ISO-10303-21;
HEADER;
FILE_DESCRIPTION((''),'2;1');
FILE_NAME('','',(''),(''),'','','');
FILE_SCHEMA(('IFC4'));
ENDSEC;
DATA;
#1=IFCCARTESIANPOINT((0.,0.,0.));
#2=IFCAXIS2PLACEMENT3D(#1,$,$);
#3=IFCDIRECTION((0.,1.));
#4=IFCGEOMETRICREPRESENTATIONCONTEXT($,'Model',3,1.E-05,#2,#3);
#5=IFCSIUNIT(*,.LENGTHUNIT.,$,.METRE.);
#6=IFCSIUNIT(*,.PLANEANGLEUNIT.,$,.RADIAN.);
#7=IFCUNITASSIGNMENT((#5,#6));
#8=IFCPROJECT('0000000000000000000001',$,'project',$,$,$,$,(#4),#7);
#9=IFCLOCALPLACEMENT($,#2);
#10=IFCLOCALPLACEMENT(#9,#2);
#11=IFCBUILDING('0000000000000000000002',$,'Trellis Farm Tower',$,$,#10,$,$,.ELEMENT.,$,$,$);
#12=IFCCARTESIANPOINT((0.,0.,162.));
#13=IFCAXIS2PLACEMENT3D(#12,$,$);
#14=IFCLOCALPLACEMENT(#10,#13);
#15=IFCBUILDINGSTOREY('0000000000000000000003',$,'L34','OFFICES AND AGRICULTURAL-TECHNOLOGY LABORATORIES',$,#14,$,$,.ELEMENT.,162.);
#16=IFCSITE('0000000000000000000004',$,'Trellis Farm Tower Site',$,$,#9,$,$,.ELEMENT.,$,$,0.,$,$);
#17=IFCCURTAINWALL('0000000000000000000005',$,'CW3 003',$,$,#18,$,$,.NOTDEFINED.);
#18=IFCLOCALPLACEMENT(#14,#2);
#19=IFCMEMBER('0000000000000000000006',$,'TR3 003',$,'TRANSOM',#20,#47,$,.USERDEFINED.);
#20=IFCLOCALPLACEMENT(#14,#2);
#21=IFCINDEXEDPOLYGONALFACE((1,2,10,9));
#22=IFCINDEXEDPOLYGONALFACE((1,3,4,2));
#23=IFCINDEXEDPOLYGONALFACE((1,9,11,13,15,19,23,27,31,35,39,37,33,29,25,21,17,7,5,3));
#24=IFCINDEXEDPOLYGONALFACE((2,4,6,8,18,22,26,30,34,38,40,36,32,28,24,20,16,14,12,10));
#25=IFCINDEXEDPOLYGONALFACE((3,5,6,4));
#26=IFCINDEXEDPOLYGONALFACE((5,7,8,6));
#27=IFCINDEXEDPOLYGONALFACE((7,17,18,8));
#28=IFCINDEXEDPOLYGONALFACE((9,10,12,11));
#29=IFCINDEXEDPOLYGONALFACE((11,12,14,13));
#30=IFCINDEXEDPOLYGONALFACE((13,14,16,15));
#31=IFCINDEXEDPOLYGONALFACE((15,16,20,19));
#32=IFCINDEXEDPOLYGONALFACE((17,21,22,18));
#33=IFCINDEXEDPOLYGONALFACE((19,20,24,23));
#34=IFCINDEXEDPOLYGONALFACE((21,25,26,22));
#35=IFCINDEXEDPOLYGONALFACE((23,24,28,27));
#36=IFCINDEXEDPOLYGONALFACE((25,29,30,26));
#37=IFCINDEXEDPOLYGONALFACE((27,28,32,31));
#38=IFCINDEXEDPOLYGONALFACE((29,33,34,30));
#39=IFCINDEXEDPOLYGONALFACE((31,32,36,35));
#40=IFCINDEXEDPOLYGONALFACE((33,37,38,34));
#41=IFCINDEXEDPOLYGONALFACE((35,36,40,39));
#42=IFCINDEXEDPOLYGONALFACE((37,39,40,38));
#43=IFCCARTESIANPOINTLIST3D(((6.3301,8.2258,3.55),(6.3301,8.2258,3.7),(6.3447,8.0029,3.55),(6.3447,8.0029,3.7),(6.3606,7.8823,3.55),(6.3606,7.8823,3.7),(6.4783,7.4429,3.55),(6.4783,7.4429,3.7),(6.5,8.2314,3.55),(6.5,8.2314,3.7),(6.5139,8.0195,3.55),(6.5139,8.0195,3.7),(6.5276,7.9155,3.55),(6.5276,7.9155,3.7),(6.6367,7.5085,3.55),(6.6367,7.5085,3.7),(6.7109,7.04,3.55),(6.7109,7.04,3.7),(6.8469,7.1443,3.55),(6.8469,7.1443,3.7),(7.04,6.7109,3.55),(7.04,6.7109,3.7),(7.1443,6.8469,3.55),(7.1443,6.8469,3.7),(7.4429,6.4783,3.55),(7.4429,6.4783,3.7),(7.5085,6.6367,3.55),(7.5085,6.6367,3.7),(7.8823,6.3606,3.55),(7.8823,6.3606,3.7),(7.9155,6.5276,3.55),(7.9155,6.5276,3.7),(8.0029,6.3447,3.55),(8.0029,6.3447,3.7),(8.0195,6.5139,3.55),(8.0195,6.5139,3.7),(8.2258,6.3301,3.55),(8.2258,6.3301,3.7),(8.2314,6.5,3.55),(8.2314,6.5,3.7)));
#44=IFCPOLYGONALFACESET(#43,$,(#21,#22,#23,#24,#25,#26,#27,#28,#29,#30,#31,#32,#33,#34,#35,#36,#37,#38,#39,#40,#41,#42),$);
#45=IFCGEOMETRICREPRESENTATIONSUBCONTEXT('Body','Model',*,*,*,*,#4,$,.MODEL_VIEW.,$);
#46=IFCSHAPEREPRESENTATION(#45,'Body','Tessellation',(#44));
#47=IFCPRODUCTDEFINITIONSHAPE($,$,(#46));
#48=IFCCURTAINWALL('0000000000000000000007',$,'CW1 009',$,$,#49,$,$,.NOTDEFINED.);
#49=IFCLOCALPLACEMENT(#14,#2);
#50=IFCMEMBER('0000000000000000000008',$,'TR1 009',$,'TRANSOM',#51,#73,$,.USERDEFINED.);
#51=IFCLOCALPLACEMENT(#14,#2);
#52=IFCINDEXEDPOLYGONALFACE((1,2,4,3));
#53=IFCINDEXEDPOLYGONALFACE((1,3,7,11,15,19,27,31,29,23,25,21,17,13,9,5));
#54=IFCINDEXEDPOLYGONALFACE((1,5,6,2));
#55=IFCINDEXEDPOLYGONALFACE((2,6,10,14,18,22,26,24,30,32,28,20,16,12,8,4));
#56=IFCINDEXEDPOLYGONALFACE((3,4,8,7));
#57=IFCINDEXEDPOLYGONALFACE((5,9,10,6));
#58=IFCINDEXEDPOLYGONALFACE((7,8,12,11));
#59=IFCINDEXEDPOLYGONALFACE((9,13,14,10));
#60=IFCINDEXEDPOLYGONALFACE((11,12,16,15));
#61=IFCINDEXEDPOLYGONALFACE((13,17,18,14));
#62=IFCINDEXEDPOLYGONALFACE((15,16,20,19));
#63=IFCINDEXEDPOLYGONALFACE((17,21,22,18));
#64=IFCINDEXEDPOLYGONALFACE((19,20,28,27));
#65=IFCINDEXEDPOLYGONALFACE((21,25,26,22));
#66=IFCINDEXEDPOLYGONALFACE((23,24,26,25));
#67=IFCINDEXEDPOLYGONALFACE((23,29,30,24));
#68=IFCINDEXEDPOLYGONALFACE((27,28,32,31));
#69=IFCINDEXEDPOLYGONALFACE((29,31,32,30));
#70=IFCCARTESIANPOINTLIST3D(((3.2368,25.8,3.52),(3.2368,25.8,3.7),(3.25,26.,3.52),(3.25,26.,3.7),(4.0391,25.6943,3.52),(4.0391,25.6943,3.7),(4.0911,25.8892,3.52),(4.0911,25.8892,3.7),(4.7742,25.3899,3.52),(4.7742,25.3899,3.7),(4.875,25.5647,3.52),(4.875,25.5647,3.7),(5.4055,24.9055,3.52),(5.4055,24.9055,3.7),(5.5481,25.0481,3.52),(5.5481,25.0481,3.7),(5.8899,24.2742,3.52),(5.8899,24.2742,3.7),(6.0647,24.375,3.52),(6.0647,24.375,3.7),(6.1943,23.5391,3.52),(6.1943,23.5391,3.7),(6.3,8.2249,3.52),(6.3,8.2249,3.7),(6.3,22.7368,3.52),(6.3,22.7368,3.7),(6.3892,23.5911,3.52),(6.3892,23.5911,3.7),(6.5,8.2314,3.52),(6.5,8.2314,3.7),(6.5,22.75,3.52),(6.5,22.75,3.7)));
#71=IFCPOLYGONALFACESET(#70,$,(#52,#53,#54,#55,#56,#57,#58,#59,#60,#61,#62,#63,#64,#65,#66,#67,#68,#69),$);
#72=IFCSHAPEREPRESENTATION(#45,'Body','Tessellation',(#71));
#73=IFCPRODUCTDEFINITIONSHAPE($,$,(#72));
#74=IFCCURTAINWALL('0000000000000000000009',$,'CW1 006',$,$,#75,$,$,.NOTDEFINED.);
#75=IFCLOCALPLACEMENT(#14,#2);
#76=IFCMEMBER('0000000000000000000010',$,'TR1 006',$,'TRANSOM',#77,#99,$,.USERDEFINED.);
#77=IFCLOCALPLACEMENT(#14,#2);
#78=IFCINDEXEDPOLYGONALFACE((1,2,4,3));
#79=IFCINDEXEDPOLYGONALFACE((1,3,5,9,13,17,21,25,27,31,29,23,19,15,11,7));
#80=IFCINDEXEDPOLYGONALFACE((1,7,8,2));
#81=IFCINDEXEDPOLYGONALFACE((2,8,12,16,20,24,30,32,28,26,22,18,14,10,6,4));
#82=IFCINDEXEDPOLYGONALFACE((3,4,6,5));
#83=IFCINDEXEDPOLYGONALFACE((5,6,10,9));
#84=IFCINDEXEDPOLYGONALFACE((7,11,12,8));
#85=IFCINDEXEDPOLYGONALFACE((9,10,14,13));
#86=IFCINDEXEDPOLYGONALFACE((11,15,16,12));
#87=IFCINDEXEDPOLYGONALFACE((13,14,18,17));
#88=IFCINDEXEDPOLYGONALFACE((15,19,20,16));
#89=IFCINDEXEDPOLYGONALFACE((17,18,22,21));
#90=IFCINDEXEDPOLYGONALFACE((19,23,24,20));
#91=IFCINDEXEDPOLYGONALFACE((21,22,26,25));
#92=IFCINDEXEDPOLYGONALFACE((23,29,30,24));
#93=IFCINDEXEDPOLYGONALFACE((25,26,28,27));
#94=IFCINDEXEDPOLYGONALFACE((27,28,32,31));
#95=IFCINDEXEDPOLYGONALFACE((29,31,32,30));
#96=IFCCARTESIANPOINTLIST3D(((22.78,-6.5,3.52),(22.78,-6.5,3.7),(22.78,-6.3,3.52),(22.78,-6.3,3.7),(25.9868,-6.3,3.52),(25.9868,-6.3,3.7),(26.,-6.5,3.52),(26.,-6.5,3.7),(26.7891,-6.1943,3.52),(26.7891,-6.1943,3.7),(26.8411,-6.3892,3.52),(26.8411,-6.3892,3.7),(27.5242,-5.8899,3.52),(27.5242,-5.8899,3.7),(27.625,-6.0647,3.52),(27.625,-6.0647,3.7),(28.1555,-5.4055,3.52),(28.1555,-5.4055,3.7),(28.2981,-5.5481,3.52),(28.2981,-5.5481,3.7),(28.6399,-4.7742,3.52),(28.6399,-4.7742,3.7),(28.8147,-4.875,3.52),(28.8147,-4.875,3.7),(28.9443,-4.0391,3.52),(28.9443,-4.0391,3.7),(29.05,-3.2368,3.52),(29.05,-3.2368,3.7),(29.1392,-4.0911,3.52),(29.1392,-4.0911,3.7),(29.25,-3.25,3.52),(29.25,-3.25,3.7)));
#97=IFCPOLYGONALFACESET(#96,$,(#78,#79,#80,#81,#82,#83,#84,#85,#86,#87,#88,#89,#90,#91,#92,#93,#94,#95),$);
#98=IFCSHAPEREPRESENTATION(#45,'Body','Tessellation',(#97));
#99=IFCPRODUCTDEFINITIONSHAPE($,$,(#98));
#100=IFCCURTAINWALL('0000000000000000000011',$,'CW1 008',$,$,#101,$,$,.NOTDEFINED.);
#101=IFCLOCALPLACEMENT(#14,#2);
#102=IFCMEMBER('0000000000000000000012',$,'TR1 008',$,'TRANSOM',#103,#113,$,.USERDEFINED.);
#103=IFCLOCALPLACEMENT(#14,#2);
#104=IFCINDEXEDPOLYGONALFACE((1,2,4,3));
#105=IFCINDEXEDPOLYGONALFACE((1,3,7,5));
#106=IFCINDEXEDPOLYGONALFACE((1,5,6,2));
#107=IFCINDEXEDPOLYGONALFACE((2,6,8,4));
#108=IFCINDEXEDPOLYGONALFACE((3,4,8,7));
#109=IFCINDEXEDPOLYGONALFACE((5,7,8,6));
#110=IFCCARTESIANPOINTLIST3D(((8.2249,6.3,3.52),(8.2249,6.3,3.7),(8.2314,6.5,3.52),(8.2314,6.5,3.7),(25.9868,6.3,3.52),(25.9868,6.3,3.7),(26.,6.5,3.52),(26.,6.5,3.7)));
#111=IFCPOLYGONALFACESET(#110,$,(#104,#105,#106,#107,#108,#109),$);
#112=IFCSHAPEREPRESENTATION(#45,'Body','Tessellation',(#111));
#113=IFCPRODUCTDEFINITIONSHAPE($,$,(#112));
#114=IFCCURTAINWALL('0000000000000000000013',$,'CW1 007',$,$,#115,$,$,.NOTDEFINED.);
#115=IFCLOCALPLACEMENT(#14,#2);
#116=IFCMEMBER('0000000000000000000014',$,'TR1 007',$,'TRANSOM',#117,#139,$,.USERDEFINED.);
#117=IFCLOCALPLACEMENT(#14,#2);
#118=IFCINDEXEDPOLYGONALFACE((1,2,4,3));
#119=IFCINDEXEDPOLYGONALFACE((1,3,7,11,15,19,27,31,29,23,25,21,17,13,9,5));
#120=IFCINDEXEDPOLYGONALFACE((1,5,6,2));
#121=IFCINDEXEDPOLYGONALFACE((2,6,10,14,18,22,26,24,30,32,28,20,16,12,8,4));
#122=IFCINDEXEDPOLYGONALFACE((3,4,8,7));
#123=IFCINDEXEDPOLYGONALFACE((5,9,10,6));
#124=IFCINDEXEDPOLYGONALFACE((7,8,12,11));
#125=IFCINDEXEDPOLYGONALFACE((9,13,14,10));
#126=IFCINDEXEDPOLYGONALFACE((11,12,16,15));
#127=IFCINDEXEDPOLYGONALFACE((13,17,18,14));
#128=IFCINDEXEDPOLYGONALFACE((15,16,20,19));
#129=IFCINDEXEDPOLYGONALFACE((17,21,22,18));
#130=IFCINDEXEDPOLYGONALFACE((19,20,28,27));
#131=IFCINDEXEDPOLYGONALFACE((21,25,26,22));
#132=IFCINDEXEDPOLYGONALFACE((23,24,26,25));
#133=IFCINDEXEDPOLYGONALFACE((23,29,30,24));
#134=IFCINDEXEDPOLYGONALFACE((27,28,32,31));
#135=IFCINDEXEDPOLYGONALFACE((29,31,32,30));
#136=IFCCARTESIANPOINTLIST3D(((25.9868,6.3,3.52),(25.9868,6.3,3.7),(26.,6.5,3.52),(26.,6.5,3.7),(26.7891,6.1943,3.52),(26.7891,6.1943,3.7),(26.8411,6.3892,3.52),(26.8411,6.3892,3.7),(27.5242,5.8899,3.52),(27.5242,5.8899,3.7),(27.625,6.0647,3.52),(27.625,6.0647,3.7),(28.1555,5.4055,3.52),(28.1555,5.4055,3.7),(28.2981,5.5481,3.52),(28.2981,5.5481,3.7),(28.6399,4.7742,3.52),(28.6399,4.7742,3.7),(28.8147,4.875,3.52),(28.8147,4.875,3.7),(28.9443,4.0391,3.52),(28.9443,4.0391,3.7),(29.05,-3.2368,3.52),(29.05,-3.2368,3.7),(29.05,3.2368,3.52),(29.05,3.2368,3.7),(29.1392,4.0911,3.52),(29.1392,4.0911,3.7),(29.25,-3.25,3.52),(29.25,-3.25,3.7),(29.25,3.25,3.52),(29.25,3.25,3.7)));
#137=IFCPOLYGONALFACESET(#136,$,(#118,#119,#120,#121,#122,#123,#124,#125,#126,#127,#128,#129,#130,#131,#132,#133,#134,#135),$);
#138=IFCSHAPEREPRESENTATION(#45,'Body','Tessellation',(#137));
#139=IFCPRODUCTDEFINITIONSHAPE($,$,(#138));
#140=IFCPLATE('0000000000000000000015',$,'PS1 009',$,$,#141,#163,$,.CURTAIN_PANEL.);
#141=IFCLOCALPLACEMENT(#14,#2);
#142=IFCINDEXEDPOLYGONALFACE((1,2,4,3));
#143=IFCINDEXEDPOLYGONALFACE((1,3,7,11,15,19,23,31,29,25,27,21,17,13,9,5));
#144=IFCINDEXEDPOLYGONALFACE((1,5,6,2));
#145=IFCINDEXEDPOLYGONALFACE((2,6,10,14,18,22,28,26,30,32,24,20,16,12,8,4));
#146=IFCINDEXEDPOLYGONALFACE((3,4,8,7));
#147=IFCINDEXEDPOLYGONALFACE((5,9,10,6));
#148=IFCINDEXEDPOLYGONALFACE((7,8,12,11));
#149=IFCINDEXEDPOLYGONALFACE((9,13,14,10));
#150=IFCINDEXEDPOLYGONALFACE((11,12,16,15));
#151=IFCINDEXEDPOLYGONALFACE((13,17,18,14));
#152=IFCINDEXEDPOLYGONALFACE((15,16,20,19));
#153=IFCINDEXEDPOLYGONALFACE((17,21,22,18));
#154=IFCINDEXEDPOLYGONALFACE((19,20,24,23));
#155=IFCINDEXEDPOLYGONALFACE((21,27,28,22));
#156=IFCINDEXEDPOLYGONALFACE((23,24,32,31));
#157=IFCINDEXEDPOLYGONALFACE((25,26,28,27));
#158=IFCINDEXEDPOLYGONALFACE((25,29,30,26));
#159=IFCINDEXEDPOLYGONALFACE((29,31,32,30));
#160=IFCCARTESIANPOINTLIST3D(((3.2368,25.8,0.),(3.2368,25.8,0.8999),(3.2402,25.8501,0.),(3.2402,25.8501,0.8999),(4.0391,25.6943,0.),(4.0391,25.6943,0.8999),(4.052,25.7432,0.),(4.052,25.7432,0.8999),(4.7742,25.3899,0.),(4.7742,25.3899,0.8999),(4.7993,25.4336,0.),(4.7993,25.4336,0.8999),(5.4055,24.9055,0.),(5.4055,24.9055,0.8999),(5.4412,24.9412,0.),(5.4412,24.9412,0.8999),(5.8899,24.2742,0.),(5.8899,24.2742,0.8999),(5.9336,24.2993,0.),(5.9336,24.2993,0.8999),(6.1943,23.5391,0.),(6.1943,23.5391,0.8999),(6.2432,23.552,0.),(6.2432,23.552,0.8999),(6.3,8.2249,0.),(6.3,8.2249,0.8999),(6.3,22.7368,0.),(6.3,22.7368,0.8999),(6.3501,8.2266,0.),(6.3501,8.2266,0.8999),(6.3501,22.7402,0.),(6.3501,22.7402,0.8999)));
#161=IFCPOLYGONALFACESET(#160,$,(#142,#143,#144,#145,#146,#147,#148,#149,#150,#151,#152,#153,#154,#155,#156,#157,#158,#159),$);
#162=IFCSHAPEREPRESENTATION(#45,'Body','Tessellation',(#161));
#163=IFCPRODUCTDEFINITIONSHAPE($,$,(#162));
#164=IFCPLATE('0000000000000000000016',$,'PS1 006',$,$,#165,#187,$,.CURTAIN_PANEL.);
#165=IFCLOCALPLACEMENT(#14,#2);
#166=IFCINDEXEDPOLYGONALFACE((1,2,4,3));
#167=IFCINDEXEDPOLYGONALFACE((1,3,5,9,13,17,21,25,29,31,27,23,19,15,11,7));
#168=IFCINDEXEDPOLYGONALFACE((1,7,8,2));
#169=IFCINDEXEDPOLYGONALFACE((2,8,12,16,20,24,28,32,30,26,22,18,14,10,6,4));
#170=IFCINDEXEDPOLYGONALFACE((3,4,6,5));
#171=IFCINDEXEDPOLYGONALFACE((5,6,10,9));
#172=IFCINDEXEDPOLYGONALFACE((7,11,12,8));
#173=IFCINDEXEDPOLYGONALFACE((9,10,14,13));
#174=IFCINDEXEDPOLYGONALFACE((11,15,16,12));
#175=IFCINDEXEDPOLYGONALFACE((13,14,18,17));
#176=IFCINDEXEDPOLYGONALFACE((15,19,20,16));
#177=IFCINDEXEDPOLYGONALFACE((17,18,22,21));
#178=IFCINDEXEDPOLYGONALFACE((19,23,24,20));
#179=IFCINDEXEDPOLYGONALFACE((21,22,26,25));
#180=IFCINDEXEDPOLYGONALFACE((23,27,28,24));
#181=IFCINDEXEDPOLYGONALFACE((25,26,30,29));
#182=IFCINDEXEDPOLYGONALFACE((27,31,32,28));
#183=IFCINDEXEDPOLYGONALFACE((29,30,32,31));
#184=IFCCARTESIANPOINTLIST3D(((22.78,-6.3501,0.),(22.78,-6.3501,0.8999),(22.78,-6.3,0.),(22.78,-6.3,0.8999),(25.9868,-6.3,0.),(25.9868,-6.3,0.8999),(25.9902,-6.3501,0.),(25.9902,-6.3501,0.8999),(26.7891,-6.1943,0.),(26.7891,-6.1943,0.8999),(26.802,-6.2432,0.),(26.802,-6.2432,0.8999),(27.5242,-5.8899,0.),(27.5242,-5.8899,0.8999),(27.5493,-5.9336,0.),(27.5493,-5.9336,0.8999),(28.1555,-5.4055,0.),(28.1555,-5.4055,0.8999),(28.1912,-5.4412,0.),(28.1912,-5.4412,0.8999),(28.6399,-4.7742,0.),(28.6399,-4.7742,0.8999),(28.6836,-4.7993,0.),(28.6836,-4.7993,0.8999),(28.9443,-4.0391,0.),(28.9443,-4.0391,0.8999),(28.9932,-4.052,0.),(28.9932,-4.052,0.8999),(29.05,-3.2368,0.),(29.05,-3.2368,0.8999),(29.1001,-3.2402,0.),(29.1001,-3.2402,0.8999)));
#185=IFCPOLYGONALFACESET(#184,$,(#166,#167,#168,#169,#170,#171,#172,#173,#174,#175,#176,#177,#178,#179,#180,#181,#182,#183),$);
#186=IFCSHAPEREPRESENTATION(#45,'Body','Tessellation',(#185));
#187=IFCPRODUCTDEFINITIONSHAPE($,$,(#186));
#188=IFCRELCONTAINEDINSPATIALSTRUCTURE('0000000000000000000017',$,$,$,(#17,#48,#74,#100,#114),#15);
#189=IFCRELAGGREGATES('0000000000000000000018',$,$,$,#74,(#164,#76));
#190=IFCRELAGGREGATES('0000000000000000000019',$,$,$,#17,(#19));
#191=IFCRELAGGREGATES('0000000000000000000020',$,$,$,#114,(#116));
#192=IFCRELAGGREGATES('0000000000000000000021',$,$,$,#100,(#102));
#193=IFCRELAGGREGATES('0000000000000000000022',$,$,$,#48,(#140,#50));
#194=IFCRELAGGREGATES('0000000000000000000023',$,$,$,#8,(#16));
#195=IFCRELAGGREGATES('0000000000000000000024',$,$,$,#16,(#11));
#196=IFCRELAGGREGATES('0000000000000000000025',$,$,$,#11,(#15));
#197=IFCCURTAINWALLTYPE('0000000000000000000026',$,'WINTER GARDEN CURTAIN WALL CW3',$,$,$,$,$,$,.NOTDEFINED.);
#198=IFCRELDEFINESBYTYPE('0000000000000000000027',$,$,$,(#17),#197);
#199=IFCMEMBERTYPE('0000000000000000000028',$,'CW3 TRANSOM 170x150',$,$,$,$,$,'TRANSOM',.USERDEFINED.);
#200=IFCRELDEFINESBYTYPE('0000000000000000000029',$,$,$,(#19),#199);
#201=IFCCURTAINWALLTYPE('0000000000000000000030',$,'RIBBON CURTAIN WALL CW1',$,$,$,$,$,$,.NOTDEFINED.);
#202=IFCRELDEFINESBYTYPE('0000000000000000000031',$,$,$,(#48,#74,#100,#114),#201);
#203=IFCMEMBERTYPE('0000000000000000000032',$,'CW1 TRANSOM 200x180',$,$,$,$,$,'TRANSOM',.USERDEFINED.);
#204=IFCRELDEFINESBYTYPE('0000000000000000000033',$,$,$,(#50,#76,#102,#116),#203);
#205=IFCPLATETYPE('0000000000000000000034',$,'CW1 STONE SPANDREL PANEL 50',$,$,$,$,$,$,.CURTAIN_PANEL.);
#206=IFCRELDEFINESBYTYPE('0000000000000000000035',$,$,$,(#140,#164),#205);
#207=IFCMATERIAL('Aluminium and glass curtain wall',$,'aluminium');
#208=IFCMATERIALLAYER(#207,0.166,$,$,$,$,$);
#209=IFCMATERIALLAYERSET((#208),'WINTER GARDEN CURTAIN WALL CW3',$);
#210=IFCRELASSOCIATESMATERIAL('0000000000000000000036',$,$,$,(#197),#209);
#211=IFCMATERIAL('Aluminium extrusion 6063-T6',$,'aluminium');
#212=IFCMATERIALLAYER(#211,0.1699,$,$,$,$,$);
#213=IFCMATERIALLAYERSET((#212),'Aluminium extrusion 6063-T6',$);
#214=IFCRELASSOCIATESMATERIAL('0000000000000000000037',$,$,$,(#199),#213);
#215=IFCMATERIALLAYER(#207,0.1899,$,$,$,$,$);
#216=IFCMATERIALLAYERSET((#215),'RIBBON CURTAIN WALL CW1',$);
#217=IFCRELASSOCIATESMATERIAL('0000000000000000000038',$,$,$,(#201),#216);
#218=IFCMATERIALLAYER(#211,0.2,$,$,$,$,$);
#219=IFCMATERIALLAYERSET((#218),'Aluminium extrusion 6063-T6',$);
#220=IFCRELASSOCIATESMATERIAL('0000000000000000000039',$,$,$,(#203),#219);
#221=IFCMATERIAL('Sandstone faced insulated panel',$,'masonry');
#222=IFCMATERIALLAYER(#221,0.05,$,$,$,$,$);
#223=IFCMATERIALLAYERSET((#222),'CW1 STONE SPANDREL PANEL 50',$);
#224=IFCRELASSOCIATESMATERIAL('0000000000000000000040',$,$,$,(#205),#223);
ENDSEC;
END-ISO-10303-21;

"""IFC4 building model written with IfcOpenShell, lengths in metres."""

from ifc_helpers import new_model, si_unit, direction, frame, origin, place, context, subcontext, project, spatial, polyline, outline, extrude, source, transform, mapped, material, layer, layer_set, type_object, element, aggregate, save


model = new_model("IFC4")

# Units and contexts
model_context = context("Model", 3, precision=1e-05, world=origin(), true_north=direction((0.0, 1.0)))
body_context = subcontext(model_context, "Body", "Model", "MODEL_VIEW")
ifc_project = project(units=[si_unit("LENGTHUNIT", "METRE"), si_unit("PLANEANGLEUNIT", "RADIAN")], contexts=[model_context])

# Site, building, storey
site_placement = place(None, origin())
site = spatial("IfcSite", under=ifc_project, at=site_placement, Name="Trellis Farm Tower Site", CompositionType="ELEMENT", RefElevation=0.0)
building_placement = place(site_placement, origin())
building = spatial("IfcBuilding", under=site, at=building_placement, Name="Trellis Farm Tower", CompositionType="ELEMENT")
storey_placement = place(building_placement, frame((0.0, 0.0, 162.0)))
storey = spatial("IfcBuildingStorey", under=building, at=storey_placement, Name="L34", Description="OFFICES AND AGRICULTURAL-TECHNOLOGY LABORATORIES", CompositionType="ELEMENT", Elevation=162.0)

# Curtain walls, members
ifc_material_1 = material(Name="Aluminium and glass curtain wall", Category="aluminium")
ifc_layer_1 = layer(ifc_material_1, 0.166)
ifc_layer_set_1 = layer_set([ifc_layer_1], Name="WINTER GARDEN CURTAIN WALL CW3")
curtain_wall_type_1 = type_object("IfcCurtainWallType", Name="WINTER GARDEN CURTAIN WALL CW3", PredefinedType="NOTDEFINED", material=ifc_layer_set_1)
placement_1 = place(storey_placement, origin())
curtain_wall_1 = element("IfcCurtainWall", 1, at=placement_1, inside=storey, type_object=curtain_wall_type_1, Name="CW3 003", PredefinedType="NOTDEFINED")
ifc_material_2 = material(Name="Aluminium extrusion 6063-T6", Category="aluminium")
ifc_layer_2 = layer(ifc_material_2, 0.1699)
ifc_layer_set_2 = layer_set([ifc_layer_2], Name="Aluminium extrusion 6063-T6")
member_type_1 = type_object("IfcMemberType", Name="CW3 TRANSOM 170x150", ElementType="TRANSOM", PredefinedType="USERDEFINED", material=ifc_layer_set_2)
shared_shape_1 = source(origin(), body_context, "Body", "SweptSolid", [
    extrude(outline(polyline([(8.2314, 6.5), (8.0195, 6.5139), (7.9155, 6.5276), (7.5085, 6.6367), (7.1443, 6.8469), (6.8469, 7.1443), (6.6367, 7.5085), (6.5276, 7.9155), (6.5139, 8.0195), (6.5, 8.2314), (6.3301, 8.2258), (6.3447, 8.0029), (6.3606, 7.8823), (6.4783, 7.4429), (6.7109, 7.04), (7.04, 6.7109), (7.4429, 6.4783), (7.8823, 6.3606), (8.0029, 6.3447), (8.2258, 6.3301), (8.2314, 6.5)])), origin(), (0.0, 0.0, 1.0), 0.1499),
])
member_1_placement = place(storey_placement, frame((0.0, 0.0, 3.55)))
member_1 = element("IfcMember", 2, at=member_1_placement, type_object=member_type_1, Name="TR3 003", ObjectType="TRANSOM", PredefinedType="USERDEFINED", context=body_context, shape_type="MappedRepresentation", body=[
    mapped(shared_shape_1, transform((0.0, 0.0, 0.0))),
])
ifc_layer_3 = layer(ifc_material_1, 0.1899)
ifc_layer_set_3 = layer_set([ifc_layer_3], Name="RIBBON CURTAIN WALL CW1")
curtain_wall_type_2 = type_object("IfcCurtainWallType", Name="RIBBON CURTAIN WALL CW1", PredefinedType="NOTDEFINED", material=ifc_layer_set_3)
curtain_wall_2 = element("IfcCurtainWall", 3, at=placement_1, inside=storey, type_object=curtain_wall_type_2, Name="CW1 009", PredefinedType="NOTDEFINED")
ifc_layer_4 = layer(ifc_material_2, 0.2)
ifc_layer_set_4 = layer_set([ifc_layer_4], Name="Aluminium extrusion 6063-T6")
member_type_2 = type_object("IfcMemberType", Name="CW1 TRANSOM 200x180", ElementType="TRANSOM", PredefinedType="USERDEFINED", material=ifc_layer_set_4)
shared_shape_2 = source(origin(), body_context, "Body", "SweptSolid", [
    extrude(outline(polyline([(6.5, 8.2314), (6.5, 22.75), (6.3892, 23.5911), (6.0647, 24.375), (5.5481, 25.0481), (4.875, 25.5647), (4.0911, 25.8892), (3.25, 26.0), (3.2368, 25.8), (4.0391, 25.6943), (4.7742, 25.3899), (5.4055, 24.9055), (5.8899, 24.2742), (6.1943, 23.5391), (6.3, 22.7368), (6.3, 8.2249), (6.5, 8.2314)])), origin(), (0.0, 0.0, 1.0), 0.1799),
])
placement_2 = place(storey_placement, frame((0.0, 0.0, 3.52)))
member_2 = element("IfcMember", 4, at=placement_2, type_object=member_type_2, Name="TR1 009", ObjectType="TRANSOM", PredefinedType="USERDEFINED", context=body_context, shape_type="MappedRepresentation", body=[
    mapped(shared_shape_2, transform((0.0, 0.0, 0.0))),
])
curtain_wall_3 = element("IfcCurtainWall", 5, at=placement_1, inside=storey, type_object=curtain_wall_type_2, Name="CW1 006", PredefinedType="NOTDEFINED")
shared_shape_3 = source(origin(), body_context, "Body", "SweptSolid", [
    extrude(outline(polyline([(22.78, -6.5), (26.0, -6.5), (26.8411, -6.3892), (27.625, -6.0647), (28.2981, -5.5481), (28.8147, -4.875), (29.1392, -4.0911), (29.25, -3.25), (29.05, -3.2368), (28.9443, -4.0391), (28.6399, -4.7742), (28.1555, -5.4055), (27.5242, -5.8899), (26.7891, -6.1943), (25.9868, -6.3), (22.78, -6.3), (22.78, -6.5)])), origin(), (0.0, 0.0, 1.0), 0.1799),
])
member_3 = element("IfcMember", 6, at=placement_2, type_object=member_type_2, Name="TR1 006", ObjectType="TRANSOM", PredefinedType="USERDEFINED", context=body_context, shape_type="MappedRepresentation", body=[
    mapped(shared_shape_3, transform((0.0, 0.0, 0.0))),
])
curtain_wall_4 = element("IfcCurtainWall", 7, at=placement_1, inside=storey, type_object=curtain_wall_type_2, Name="CW1 008", PredefinedType="NOTDEFINED")
shared_shape_4 = source(origin(), body_context, "Body", "SweptSolid", [
    extrude(outline(polyline([(26.0, 6.5), (8.2314, 6.5), (8.2249, 6.3), (25.9868, 6.3), (26.0, 6.5)])), origin(), (0.0, 0.0, 1.0), 0.1799),
])
member_4 = element("IfcMember", 8, at=placement_2, type_object=member_type_2, Name="TR1 008", ObjectType="TRANSOM", PredefinedType="USERDEFINED", context=body_context, shape_type="MappedRepresentation", body=[
    mapped(shared_shape_4, transform((0.0, 0.0, 0.0))),
])
curtain_wall_5 = element("IfcCurtainWall", 9, at=placement_1, inside=storey, type_object=curtain_wall_type_2, Name="CW1 007", PredefinedType="NOTDEFINED")
shared_shape_5 = source(origin(), body_context, "Body", "SweptSolid", [
    extrude(outline(polyline([(29.25, -3.25), (29.25, 3.25), (29.1392, 4.0911), (28.8147, 4.875), (28.2981, 5.5481), (27.625, 6.0647), (26.8411, 6.3892), (26.0, 6.5), (25.9868, 6.3), (26.7891, 6.1943), (27.5242, 5.8899), (28.1555, 5.4055), (28.6399, 4.7742), (28.9443, 4.0391), (29.05, 3.2368), (29.05, -3.2368), (29.25, -3.25)])), origin(), (0.0, 0.0, 1.0), 0.1799),
])
member_5 = element("IfcMember", 10, at=placement_2, type_object=member_type_2, Name="TR1 007", ObjectType="TRANSOM", PredefinedType="USERDEFINED", context=body_context, shape_type="MappedRepresentation", body=[
    mapped(shared_shape_5, transform((0.0, 0.0, 0.0))),
])

# Plates
ifc_material_3 = material(Name="Sandstone faced insulated panel", Category="masonry")
ifc_layer_5 = layer(ifc_material_3, 0.05)
ifc_layer_set_5 = layer_set([ifc_layer_5], Name="CW1 STONE SPANDREL PANEL 50")
plate_type_1 = type_object("IfcPlateType", Name="CW1 STONE SPANDREL PANEL 50", PredefinedType="CURTAIN_PANEL", material=ifc_layer_set_5)
shared_shape_6 = source(origin(), body_context, "Body", "SweptSolid", [
    extrude(outline(polyline([(6.3501, 8.2266), (6.3501, 22.7402), (6.2432, 23.552), (5.9336, 24.2993), (5.4412, 24.9412), (4.7993, 25.4336), (4.052, 25.7432), (3.2402, 25.8501), (3.2368, 25.8), (4.0391, 25.6943), (4.7742, 25.3899), (5.4055, 24.9055), (5.8899, 24.2742), (6.1943, 23.5391), (6.3, 22.7368), (6.3, 8.2249), (6.3501, 8.2266)])), origin(), (0.0, 0.0, 1.0), 0.8999),
])
plate_1 = element("IfcPlate", 11, at=placement_1, type_object=plate_type_1, Name="PS1 009", PredefinedType="CURTAIN_PANEL", context=body_context, shape_type="MappedRepresentation", body=[
    mapped(shared_shape_6, transform((0.0, 0.0, 0.0))),
])
shared_shape_7 = source(origin(), body_context, "Body", "SweptSolid", [
    extrude(outline(polyline([(22.78, -6.3501), (25.9902, -6.3501), (26.802, -6.2432), (27.5493, -5.9336), (28.1912, -5.4412), (28.6836, -4.7993), (28.9932, -4.052), (29.1001, -3.2402), (29.05, -3.2368), (28.9443, -4.0391), (28.6399, -4.7742), (28.1555, -5.4055), (27.5242, -5.8899), (26.7891, -6.1943), (25.9868, -6.3), (22.78, -6.3), (22.78, -6.3501)])), origin(), (0.0, 0.0, 1.0), 0.8999),
])
plate_2 = element("IfcPlate", 12, at=placement_1, type_object=plate_type_1, Name="PS1 006", PredefinedType="CURTAIN_PANEL", context=body_context, shape_type="MappedRepresentation", body=[
    mapped(shared_shape_7, transform((0.0, 0.0, 0.0))),
])
aggregate(curtain_wall_3, [plate_2, member_3])
aggregate(curtain_wall_1, [member_1])
aggregate(curtain_wall_5, [member_5])
aggregate(curtain_wall_4, [member_4])
aggregate(curtain_wall_2, [plate_1, member_2])

save(model, "model.ifc")
